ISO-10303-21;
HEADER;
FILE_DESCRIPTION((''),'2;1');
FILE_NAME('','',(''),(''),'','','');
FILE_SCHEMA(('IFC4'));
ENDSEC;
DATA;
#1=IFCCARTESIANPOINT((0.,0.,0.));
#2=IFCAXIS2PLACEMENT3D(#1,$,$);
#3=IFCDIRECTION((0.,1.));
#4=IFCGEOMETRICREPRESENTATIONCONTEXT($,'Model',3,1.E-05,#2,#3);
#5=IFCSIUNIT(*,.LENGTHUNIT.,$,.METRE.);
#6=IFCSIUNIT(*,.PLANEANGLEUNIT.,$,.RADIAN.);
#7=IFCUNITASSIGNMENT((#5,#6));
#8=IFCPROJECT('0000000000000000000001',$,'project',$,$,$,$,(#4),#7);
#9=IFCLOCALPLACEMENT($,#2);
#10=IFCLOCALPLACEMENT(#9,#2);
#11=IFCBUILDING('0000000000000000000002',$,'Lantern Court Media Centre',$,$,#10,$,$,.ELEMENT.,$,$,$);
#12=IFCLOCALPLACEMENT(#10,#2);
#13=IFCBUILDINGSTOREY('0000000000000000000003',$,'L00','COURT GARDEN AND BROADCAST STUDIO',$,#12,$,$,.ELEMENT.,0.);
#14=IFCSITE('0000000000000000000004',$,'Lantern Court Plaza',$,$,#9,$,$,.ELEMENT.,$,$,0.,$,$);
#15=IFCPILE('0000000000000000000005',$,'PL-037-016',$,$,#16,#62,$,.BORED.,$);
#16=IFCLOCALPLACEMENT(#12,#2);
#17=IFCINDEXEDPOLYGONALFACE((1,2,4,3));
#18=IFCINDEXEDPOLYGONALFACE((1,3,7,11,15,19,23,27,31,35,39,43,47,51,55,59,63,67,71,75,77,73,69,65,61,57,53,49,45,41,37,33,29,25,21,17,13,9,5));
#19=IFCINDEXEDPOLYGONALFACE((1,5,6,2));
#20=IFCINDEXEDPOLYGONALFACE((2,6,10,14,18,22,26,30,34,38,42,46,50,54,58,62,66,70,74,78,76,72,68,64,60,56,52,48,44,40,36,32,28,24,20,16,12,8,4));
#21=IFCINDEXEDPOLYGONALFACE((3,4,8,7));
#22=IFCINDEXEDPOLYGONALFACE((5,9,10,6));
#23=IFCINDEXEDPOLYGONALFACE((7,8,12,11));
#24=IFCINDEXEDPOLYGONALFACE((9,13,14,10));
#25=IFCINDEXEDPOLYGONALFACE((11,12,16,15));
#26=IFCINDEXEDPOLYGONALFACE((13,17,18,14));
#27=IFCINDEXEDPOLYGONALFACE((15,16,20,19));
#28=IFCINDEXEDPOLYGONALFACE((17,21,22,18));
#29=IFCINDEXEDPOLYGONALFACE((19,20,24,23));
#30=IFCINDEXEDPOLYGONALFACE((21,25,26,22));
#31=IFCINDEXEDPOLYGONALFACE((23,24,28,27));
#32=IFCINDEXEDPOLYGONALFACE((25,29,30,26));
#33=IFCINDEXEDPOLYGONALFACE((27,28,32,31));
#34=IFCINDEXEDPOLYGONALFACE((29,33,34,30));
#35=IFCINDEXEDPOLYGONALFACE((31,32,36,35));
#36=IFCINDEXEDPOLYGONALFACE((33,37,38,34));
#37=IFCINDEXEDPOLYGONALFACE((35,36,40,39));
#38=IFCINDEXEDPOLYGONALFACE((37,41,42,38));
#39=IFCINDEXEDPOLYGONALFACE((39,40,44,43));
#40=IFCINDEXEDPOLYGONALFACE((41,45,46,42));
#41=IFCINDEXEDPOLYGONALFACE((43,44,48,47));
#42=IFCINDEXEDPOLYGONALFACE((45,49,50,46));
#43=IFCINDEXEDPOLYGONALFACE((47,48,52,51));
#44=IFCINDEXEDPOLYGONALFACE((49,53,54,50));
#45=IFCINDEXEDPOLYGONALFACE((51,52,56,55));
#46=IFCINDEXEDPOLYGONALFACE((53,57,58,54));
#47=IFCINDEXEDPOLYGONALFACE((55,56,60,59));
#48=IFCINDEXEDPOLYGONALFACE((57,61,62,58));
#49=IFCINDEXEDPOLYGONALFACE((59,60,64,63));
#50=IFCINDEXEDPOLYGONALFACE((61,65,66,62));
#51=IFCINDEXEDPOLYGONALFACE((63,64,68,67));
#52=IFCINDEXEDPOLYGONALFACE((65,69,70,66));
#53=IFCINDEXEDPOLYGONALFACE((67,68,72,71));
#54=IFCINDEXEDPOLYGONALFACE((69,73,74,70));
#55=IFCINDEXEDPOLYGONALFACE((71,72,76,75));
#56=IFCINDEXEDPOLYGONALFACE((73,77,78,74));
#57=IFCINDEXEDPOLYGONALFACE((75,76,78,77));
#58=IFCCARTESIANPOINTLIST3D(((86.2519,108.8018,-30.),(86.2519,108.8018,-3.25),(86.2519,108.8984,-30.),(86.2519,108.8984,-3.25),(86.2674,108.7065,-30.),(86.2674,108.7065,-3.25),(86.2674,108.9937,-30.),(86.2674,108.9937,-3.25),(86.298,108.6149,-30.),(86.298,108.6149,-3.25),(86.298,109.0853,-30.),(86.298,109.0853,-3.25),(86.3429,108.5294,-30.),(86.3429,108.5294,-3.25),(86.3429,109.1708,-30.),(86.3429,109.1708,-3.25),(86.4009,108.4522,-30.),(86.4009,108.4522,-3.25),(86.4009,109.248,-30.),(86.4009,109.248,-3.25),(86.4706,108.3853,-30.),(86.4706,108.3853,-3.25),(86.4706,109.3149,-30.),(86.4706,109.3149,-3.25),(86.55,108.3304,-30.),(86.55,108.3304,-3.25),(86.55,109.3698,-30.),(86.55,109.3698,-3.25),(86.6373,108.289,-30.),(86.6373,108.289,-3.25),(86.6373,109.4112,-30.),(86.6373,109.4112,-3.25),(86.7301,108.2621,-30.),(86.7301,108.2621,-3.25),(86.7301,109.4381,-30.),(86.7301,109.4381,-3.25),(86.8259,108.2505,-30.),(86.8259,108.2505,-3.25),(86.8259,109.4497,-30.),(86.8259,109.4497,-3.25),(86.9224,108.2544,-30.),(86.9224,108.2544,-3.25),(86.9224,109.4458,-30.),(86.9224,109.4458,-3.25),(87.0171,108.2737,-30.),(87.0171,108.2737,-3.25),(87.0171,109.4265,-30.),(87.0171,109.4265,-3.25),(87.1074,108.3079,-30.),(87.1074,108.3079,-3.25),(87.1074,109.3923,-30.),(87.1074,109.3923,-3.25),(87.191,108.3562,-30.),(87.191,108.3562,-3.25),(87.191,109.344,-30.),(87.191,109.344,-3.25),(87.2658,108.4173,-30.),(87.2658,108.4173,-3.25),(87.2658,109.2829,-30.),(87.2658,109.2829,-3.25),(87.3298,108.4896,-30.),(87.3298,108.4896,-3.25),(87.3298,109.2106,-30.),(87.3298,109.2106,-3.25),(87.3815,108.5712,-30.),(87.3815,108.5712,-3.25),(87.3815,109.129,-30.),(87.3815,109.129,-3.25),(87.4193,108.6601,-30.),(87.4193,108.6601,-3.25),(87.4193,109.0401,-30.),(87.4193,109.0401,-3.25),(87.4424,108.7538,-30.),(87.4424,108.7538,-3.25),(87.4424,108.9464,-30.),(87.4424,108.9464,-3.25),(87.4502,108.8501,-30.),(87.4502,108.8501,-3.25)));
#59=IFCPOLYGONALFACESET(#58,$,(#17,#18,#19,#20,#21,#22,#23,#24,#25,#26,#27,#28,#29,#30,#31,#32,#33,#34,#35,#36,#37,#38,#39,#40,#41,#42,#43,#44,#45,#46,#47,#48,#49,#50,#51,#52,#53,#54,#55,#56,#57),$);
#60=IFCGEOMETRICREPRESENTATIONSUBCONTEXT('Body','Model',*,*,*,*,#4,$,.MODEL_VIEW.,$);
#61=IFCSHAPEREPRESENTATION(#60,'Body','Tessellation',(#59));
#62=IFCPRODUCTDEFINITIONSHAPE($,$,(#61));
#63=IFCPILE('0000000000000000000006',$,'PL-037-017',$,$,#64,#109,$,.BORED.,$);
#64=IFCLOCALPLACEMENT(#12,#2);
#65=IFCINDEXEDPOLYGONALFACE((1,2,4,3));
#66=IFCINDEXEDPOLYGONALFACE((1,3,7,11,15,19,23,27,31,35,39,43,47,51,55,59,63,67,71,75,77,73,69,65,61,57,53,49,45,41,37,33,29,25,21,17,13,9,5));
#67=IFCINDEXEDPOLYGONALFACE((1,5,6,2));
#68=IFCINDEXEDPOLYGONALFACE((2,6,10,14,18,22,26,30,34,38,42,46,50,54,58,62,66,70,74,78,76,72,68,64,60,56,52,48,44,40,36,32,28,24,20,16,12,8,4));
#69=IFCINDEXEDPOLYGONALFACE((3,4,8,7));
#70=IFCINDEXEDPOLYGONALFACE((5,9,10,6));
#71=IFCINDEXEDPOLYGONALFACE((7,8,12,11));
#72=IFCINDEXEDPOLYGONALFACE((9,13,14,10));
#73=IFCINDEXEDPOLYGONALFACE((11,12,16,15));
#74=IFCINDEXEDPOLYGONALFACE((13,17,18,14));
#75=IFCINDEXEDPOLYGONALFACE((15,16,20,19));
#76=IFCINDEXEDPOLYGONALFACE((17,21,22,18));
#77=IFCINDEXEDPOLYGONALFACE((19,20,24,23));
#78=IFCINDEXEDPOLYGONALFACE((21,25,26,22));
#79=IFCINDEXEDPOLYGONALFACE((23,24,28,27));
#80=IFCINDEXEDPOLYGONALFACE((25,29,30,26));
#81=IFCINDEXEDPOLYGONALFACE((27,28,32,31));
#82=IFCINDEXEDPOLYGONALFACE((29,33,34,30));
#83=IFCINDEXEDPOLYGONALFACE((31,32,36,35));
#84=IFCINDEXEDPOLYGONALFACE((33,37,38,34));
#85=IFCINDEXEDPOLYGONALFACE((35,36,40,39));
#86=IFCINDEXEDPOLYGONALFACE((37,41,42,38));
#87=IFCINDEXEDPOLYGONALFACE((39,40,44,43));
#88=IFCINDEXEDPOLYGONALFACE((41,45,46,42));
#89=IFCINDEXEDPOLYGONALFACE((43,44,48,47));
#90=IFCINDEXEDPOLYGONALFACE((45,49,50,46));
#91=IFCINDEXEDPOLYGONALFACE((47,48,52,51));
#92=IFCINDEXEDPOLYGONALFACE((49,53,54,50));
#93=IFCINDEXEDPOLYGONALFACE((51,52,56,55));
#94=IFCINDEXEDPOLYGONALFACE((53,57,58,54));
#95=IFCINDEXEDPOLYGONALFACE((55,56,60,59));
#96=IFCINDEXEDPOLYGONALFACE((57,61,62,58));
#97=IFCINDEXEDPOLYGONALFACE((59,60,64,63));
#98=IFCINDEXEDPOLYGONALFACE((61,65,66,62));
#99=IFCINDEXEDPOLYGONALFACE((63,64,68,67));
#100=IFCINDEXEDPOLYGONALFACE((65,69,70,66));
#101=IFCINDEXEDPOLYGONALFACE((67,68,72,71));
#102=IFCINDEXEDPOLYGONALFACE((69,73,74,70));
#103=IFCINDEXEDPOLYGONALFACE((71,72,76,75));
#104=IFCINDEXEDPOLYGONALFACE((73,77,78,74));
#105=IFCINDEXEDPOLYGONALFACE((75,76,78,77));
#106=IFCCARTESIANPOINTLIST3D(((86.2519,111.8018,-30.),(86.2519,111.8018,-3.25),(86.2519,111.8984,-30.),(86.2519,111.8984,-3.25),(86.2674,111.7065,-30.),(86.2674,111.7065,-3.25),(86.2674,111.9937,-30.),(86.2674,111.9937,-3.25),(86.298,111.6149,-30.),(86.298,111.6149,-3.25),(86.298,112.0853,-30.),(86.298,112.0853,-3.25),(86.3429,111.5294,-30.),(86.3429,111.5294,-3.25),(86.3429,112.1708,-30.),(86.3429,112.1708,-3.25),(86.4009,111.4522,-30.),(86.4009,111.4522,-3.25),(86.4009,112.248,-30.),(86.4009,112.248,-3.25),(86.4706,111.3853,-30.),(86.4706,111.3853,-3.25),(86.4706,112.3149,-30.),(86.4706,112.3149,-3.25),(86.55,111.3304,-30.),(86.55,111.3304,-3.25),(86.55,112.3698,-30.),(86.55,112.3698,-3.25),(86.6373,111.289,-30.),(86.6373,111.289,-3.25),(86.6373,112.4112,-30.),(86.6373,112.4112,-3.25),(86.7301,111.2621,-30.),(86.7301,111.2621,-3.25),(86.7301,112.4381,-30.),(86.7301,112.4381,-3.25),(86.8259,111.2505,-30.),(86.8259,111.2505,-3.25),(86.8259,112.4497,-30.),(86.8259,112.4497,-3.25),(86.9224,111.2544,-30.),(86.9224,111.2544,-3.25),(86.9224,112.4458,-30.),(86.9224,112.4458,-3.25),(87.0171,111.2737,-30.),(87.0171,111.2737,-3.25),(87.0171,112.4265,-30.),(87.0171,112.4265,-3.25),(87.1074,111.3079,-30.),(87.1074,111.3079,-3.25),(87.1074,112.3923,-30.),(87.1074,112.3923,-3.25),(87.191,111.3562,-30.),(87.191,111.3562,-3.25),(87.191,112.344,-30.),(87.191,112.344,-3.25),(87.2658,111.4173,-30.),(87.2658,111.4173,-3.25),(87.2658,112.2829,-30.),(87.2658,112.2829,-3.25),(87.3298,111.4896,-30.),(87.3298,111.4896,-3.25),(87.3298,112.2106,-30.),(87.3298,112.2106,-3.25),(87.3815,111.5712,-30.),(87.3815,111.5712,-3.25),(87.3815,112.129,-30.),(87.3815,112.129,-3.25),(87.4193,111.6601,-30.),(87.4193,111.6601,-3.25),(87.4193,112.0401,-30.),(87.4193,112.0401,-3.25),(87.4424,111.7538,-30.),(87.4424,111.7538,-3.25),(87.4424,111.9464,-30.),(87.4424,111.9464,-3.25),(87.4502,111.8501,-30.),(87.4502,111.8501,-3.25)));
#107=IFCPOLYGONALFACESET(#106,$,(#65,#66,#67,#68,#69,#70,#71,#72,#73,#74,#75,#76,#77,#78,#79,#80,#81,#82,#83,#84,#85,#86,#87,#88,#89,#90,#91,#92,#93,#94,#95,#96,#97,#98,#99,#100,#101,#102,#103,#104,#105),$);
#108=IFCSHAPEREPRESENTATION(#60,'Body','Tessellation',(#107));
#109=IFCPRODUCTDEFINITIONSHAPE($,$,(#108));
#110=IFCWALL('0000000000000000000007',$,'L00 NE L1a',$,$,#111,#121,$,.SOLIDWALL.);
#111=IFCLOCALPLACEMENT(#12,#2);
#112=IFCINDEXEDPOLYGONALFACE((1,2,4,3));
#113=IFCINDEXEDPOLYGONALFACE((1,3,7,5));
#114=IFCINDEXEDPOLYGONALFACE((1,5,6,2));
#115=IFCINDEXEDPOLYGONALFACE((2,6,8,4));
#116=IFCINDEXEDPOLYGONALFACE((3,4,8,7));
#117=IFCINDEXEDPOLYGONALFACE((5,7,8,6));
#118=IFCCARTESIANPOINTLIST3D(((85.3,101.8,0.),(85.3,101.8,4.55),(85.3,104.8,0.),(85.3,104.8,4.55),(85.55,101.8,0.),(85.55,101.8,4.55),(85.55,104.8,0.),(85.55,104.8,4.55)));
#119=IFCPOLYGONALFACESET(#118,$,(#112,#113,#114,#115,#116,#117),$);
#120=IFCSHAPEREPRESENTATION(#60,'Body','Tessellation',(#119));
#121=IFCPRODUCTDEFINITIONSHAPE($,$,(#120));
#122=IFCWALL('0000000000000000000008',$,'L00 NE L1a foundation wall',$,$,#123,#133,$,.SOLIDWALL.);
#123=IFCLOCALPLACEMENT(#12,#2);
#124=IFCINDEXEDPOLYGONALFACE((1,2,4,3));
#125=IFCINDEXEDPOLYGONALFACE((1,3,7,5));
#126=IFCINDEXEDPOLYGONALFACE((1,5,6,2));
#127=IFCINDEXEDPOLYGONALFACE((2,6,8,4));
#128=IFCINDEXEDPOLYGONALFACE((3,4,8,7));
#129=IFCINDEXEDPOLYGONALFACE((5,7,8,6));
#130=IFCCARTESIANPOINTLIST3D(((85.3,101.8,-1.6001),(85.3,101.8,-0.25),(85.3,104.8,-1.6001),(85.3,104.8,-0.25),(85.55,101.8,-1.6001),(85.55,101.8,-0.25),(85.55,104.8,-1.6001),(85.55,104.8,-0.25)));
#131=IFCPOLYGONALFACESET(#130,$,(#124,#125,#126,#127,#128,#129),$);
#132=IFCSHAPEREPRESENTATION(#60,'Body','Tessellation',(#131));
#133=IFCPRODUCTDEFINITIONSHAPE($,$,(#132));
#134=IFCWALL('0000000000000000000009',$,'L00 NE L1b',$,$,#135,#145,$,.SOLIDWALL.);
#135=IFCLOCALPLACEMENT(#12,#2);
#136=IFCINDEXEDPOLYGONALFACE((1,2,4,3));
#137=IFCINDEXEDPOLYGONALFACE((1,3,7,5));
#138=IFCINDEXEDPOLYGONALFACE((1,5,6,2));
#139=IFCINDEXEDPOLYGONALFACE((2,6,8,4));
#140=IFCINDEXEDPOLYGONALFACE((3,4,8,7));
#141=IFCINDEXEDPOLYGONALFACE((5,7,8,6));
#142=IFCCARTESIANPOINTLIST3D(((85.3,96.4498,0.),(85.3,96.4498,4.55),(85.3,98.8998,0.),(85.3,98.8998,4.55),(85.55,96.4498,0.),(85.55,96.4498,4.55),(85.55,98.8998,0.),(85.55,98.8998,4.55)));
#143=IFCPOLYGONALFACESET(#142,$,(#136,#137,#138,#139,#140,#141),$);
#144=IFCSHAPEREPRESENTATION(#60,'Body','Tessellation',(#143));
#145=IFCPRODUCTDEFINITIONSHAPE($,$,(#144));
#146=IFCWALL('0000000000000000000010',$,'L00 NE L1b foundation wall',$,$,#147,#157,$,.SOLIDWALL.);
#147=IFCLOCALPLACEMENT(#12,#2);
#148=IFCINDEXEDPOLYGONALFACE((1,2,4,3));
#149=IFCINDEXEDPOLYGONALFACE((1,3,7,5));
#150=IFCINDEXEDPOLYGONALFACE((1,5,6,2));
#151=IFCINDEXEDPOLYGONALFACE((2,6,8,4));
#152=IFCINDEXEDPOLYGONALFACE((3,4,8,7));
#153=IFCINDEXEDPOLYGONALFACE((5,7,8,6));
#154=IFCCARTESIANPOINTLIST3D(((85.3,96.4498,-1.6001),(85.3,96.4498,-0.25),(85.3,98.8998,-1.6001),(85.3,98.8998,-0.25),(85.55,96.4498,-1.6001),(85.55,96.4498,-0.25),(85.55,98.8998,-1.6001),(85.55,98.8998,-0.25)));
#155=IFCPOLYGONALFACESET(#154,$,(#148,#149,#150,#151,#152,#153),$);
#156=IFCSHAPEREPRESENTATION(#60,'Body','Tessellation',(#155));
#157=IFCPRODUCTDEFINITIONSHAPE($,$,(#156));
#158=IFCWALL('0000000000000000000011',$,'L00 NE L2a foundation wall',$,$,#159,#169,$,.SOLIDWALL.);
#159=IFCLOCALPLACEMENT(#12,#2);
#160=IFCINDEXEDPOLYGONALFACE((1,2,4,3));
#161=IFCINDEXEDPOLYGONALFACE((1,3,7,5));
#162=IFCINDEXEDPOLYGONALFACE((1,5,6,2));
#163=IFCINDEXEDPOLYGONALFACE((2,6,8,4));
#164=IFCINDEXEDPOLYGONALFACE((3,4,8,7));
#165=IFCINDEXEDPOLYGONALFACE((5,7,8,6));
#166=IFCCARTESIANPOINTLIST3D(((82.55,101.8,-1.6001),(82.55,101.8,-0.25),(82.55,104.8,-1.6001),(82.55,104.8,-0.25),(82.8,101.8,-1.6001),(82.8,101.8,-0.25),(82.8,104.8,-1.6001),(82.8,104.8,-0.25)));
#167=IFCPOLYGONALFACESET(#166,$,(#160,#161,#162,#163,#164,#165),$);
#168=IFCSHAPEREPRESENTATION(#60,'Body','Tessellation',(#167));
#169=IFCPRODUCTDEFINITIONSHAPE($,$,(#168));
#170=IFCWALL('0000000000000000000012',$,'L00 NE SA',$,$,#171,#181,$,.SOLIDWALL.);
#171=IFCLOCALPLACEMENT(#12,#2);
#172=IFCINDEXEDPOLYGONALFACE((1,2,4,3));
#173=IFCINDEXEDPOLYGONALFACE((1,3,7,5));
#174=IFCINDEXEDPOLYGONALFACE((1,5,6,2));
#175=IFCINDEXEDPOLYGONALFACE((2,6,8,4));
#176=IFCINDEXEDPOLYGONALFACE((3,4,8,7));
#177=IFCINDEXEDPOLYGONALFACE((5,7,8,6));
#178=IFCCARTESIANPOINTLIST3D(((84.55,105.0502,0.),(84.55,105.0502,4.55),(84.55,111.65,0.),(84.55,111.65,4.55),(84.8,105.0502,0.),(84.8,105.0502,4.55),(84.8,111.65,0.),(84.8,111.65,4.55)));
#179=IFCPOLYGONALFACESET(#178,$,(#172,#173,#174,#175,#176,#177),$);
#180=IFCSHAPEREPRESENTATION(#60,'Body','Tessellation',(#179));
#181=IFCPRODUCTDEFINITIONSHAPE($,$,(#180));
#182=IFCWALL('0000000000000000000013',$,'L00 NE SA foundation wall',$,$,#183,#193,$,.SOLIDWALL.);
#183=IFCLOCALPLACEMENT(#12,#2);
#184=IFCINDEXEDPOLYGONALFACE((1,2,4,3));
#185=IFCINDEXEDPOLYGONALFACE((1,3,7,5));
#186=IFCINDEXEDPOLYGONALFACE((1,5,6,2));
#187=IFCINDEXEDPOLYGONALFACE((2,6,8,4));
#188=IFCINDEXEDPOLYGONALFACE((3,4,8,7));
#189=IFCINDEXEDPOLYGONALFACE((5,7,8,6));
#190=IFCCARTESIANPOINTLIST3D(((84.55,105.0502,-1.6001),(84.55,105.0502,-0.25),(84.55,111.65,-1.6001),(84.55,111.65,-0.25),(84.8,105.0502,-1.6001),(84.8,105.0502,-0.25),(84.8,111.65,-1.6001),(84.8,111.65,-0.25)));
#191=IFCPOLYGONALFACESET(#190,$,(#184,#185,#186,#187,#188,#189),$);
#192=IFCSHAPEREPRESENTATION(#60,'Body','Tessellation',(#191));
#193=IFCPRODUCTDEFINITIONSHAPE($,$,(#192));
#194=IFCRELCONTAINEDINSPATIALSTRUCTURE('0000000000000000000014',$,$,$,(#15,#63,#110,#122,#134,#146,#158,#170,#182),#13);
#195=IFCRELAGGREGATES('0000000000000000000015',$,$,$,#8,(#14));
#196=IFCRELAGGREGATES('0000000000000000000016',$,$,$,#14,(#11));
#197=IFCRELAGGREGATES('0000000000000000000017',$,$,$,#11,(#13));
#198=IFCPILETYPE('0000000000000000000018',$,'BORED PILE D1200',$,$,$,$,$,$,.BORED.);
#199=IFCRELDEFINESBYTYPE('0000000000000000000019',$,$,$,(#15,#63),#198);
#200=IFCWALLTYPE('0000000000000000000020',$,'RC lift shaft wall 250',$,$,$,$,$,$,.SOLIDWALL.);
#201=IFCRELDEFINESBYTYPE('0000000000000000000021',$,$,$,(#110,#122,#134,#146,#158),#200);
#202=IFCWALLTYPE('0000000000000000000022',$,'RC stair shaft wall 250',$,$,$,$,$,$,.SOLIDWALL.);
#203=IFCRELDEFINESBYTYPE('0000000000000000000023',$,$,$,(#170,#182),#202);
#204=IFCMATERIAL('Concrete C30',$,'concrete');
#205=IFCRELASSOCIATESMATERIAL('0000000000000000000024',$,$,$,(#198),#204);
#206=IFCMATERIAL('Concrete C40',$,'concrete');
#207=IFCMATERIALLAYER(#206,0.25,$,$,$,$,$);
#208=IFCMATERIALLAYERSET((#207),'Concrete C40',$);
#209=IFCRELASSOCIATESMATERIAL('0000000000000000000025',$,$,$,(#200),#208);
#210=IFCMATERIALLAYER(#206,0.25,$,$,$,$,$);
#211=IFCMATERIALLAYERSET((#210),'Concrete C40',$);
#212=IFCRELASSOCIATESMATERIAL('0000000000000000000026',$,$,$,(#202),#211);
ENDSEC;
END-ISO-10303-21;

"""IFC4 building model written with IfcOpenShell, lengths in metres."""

from ifc_helpers import new_model, si_unit, direction, frame, frame_2d, origin, origin_2d, place, context, subcontext, project, spatial, rectangle, circle, extrude, material, layer, layer_set, material_profile, profile_set, type_object, element, save


model = new_model("IFC4")

# Units and contexts
model_context = context("Model", 3, precision=1e-05, world=origin(), true_north=direction((0.0, 1.0)))
body_context = subcontext(model_context, "Body", "Model", "MODEL_VIEW")
ifc_project = project(units=[si_unit("LENGTHUNIT", "METRE"), si_unit("PLANEANGLEUNIT", "RADIAN")], contexts=[model_context])

# Site, building, storey
site_placement = place(None, origin())
site = spatial("IfcSite", under=ifc_project, at=site_placement, Name="Lantern Court Plaza", CompositionType="ELEMENT", RefElevation=0.0)
building_placement = place(site_placement, origin())
building = spatial("IfcBuilding", under=site, at=building_placement, Name="Lantern Court Media Centre", CompositionType="ELEMENT")
storey_placement = place(building_placement, origin())
storey = spatial("IfcBuildingStorey", under=building, at=storey_placement, Name="L00", Description="COURT GARDEN AND BROADCAST STUDIO", CompositionType="ELEMENT", Elevation=0.0)

# Piles
ifc_material_1 = material(Name="Concrete C30", Category="concrete")
ifc_material_profile = material_profile(ifc_material_1, circle(Radius=0.6001, at=origin_2d()), Name="D1200")
ifc_profile_set = profile_set([ifc_material_profile], Name="Concrete C30")
pile_type = type_object("IfcPileType", Name="BORED PILE D1200", PredefinedType="BORED", material=ifc_profile_set)
for number, where, z_axis, x_axis, name in (
    (1, (86.8501, 108.8501, -3.25), (0.0, 0.0, -1.0), (1.0, 0.0, 0.0), "PL-037-016"),
    (2, (86.8501, 111.8501, -3.25), (0.0, 0.0, -1.0), (1.0, 0.0, 0.0), "PL-037-017"),
):
    element("IfcPile", number, at=place(storey_placement, frame(where, z_axis=z_axis, x_axis=x_axis)), inside=storey, type_object=pile_type, Name=name, PredefinedType="BORED", context=body_context, shape_type="SweptSolid", body=[
        extrude(circle(Radius=0.6001, at=origin_2d()), origin(), (0.0, 0.0, 1.0), 26.75),
    ])

# Walls
ifc_material_2 = material(Name="Concrete C40", Category="concrete")
ifc_layer_1 = layer(ifc_material_2, 0.25)
ifc_layer_set_1 = layer_set([ifc_layer_1], Name="Concrete C40")
wall_type_1 = type_object("IfcWallType", Name="RC lift shaft wall 250", PredefinedType="SOLIDWALL", material=ifc_layer_set_1)
wall_1_placement = place(storey_placement, frame((85.425, 104.8, 0.0), z_axis=(0.0, 0.0, 1.0), x_axis=(0.0, -1.0, 0.0)))
element("IfcWall", 3, at=wall_1_placement, inside=storey, type_object=wall_type_1, Name="L00 NE L1a", PredefinedType="SOLIDWALL", context=body_context, shape_type="SweptSolid", body=[
    extrude(rectangle(XDim=3.0, YDim=0.25, at=frame_2d((1.5, 0.0))), origin(), (0.0, 0.0, 1.0), 4.55),
])
wall_2_placement = place(storey_placement, frame((85.425, 104.8, -1.6001), z_axis=(0.0, 0.0, 1.0), x_axis=(0.0, -1.0, 0.0)))
element("IfcWall", 4, at=wall_2_placement, inside=storey, type_object=wall_type_1, Name="L00 NE L1a foundation wall", PredefinedType="SOLIDWALL", context=body_context, shape_type="SweptSolid", body=[
    extrude(rectangle(XDim=3.0, YDim=0.25, at=frame_2d((1.5, 0.0))), origin(), (0.0, 0.0, 1.0), 1.3501),
])
wall_3_placement = place(storey_placement, frame((85.425, 98.8999, 0.0), z_axis=(0.0, 0.0, 1.0), x_axis=(0.0, -1.0, 0.0)))
element("IfcWall", 5, at=wall_3_placement, inside=storey, type_object=wall_type_1, Name="L00 NE L1b", PredefinedType="SOLIDWALL", context=body_context, shape_type="SweptSolid", body=[
    extrude(rectangle(XDim=2.45, YDim=0.25, at=frame_2d((1.2251, 0.0))), origin(), (0.0, 0.0, 1.0), 4.55),
])
wall_4_placement = place(storey_placement, frame((85.425, 98.8999, -1.6001), z_axis=(0.0, 0.0, 1.0), x_axis=(0.0, -1.0, 0.0)))
element("IfcWall", 6, at=wall_4_placement, inside=storey, type_object=wall_type_1, Name="L00 NE L1b foundation wall", PredefinedType="SOLIDWALL", context=body_context, shape_type="SweptSolid", body=[
    extrude(rectangle(XDim=2.45, YDim=0.25, at=frame_2d((1.2251, 0.0))), origin(), (0.0, 0.0, 1.0), 1.3501),
])
wall_5_placement = place(storey_placement, frame((82.675, 104.8, -1.6001), z_axis=(0.0, 0.0, 1.0), x_axis=(0.0, -1.0, 0.0)))
element("IfcWall", 7, at=wall_5_placement, inside=storey, type_object=wall_type_1, Name="L00 NE L2a foundation wall", PredefinedType="SOLIDWALL", context=body_context, shape_type="SweptSolid", body=[
    extrude(rectangle(XDim=3.0, YDim=0.25, at=frame_2d((1.5, 0.0))), origin(), (0.0, 0.0, 1.0), 1.3501),
])
ifc_layer_2 = layer(ifc_material_2, 0.25)
ifc_layer_set_2 = layer_set([ifc_layer_2], Name="Concrete C40")
wall_type_2 = type_object("IfcWallType", Name="RC stair shaft wall 250", PredefinedType="SOLIDWALL", material=ifc_layer_set_2)
wall_6_placement = place(storey_placement, frame((84.675, 111.6499, 0.0), z_axis=(0.0, 0.0, 1.0), x_axis=(0.0, -1.0, 0.0)))
element("IfcWall", 8, at=wall_6_placement, inside=storey, type_object=wall_type_2, Name="L00 NE SA", PredefinedType="SOLIDWALL", context=body_context, shape_type="SweptSolid", body=[
    extrude(rectangle(XDim=6.5999, YDim=0.25, at=frame_2d((3.2998, 0.0))), origin(), (0.0, 0.0, 1.0), 4.55),
])
wall_7_placement = place(storey_placement, frame((84.675, 111.6499, -1.6001), z_axis=(0.0, 0.0, 1.0), x_axis=(0.0, -1.0, 0.0)))
element("IfcWall", 9, at=wall_7_placement, inside=storey, type_object=wall_type_2, Name="L00 NE SA foundation wall", PredefinedType="SOLIDWALL", context=body_context, shape_type="SweptSolid", body=[
    extrude(rectangle(XDim=6.5999, YDim=0.25, at=frame_2d((3.2998, 0.0))), origin(), (0.0, 0.0, 1.0), 1.3501),
])

save(model, "model.ifc")
